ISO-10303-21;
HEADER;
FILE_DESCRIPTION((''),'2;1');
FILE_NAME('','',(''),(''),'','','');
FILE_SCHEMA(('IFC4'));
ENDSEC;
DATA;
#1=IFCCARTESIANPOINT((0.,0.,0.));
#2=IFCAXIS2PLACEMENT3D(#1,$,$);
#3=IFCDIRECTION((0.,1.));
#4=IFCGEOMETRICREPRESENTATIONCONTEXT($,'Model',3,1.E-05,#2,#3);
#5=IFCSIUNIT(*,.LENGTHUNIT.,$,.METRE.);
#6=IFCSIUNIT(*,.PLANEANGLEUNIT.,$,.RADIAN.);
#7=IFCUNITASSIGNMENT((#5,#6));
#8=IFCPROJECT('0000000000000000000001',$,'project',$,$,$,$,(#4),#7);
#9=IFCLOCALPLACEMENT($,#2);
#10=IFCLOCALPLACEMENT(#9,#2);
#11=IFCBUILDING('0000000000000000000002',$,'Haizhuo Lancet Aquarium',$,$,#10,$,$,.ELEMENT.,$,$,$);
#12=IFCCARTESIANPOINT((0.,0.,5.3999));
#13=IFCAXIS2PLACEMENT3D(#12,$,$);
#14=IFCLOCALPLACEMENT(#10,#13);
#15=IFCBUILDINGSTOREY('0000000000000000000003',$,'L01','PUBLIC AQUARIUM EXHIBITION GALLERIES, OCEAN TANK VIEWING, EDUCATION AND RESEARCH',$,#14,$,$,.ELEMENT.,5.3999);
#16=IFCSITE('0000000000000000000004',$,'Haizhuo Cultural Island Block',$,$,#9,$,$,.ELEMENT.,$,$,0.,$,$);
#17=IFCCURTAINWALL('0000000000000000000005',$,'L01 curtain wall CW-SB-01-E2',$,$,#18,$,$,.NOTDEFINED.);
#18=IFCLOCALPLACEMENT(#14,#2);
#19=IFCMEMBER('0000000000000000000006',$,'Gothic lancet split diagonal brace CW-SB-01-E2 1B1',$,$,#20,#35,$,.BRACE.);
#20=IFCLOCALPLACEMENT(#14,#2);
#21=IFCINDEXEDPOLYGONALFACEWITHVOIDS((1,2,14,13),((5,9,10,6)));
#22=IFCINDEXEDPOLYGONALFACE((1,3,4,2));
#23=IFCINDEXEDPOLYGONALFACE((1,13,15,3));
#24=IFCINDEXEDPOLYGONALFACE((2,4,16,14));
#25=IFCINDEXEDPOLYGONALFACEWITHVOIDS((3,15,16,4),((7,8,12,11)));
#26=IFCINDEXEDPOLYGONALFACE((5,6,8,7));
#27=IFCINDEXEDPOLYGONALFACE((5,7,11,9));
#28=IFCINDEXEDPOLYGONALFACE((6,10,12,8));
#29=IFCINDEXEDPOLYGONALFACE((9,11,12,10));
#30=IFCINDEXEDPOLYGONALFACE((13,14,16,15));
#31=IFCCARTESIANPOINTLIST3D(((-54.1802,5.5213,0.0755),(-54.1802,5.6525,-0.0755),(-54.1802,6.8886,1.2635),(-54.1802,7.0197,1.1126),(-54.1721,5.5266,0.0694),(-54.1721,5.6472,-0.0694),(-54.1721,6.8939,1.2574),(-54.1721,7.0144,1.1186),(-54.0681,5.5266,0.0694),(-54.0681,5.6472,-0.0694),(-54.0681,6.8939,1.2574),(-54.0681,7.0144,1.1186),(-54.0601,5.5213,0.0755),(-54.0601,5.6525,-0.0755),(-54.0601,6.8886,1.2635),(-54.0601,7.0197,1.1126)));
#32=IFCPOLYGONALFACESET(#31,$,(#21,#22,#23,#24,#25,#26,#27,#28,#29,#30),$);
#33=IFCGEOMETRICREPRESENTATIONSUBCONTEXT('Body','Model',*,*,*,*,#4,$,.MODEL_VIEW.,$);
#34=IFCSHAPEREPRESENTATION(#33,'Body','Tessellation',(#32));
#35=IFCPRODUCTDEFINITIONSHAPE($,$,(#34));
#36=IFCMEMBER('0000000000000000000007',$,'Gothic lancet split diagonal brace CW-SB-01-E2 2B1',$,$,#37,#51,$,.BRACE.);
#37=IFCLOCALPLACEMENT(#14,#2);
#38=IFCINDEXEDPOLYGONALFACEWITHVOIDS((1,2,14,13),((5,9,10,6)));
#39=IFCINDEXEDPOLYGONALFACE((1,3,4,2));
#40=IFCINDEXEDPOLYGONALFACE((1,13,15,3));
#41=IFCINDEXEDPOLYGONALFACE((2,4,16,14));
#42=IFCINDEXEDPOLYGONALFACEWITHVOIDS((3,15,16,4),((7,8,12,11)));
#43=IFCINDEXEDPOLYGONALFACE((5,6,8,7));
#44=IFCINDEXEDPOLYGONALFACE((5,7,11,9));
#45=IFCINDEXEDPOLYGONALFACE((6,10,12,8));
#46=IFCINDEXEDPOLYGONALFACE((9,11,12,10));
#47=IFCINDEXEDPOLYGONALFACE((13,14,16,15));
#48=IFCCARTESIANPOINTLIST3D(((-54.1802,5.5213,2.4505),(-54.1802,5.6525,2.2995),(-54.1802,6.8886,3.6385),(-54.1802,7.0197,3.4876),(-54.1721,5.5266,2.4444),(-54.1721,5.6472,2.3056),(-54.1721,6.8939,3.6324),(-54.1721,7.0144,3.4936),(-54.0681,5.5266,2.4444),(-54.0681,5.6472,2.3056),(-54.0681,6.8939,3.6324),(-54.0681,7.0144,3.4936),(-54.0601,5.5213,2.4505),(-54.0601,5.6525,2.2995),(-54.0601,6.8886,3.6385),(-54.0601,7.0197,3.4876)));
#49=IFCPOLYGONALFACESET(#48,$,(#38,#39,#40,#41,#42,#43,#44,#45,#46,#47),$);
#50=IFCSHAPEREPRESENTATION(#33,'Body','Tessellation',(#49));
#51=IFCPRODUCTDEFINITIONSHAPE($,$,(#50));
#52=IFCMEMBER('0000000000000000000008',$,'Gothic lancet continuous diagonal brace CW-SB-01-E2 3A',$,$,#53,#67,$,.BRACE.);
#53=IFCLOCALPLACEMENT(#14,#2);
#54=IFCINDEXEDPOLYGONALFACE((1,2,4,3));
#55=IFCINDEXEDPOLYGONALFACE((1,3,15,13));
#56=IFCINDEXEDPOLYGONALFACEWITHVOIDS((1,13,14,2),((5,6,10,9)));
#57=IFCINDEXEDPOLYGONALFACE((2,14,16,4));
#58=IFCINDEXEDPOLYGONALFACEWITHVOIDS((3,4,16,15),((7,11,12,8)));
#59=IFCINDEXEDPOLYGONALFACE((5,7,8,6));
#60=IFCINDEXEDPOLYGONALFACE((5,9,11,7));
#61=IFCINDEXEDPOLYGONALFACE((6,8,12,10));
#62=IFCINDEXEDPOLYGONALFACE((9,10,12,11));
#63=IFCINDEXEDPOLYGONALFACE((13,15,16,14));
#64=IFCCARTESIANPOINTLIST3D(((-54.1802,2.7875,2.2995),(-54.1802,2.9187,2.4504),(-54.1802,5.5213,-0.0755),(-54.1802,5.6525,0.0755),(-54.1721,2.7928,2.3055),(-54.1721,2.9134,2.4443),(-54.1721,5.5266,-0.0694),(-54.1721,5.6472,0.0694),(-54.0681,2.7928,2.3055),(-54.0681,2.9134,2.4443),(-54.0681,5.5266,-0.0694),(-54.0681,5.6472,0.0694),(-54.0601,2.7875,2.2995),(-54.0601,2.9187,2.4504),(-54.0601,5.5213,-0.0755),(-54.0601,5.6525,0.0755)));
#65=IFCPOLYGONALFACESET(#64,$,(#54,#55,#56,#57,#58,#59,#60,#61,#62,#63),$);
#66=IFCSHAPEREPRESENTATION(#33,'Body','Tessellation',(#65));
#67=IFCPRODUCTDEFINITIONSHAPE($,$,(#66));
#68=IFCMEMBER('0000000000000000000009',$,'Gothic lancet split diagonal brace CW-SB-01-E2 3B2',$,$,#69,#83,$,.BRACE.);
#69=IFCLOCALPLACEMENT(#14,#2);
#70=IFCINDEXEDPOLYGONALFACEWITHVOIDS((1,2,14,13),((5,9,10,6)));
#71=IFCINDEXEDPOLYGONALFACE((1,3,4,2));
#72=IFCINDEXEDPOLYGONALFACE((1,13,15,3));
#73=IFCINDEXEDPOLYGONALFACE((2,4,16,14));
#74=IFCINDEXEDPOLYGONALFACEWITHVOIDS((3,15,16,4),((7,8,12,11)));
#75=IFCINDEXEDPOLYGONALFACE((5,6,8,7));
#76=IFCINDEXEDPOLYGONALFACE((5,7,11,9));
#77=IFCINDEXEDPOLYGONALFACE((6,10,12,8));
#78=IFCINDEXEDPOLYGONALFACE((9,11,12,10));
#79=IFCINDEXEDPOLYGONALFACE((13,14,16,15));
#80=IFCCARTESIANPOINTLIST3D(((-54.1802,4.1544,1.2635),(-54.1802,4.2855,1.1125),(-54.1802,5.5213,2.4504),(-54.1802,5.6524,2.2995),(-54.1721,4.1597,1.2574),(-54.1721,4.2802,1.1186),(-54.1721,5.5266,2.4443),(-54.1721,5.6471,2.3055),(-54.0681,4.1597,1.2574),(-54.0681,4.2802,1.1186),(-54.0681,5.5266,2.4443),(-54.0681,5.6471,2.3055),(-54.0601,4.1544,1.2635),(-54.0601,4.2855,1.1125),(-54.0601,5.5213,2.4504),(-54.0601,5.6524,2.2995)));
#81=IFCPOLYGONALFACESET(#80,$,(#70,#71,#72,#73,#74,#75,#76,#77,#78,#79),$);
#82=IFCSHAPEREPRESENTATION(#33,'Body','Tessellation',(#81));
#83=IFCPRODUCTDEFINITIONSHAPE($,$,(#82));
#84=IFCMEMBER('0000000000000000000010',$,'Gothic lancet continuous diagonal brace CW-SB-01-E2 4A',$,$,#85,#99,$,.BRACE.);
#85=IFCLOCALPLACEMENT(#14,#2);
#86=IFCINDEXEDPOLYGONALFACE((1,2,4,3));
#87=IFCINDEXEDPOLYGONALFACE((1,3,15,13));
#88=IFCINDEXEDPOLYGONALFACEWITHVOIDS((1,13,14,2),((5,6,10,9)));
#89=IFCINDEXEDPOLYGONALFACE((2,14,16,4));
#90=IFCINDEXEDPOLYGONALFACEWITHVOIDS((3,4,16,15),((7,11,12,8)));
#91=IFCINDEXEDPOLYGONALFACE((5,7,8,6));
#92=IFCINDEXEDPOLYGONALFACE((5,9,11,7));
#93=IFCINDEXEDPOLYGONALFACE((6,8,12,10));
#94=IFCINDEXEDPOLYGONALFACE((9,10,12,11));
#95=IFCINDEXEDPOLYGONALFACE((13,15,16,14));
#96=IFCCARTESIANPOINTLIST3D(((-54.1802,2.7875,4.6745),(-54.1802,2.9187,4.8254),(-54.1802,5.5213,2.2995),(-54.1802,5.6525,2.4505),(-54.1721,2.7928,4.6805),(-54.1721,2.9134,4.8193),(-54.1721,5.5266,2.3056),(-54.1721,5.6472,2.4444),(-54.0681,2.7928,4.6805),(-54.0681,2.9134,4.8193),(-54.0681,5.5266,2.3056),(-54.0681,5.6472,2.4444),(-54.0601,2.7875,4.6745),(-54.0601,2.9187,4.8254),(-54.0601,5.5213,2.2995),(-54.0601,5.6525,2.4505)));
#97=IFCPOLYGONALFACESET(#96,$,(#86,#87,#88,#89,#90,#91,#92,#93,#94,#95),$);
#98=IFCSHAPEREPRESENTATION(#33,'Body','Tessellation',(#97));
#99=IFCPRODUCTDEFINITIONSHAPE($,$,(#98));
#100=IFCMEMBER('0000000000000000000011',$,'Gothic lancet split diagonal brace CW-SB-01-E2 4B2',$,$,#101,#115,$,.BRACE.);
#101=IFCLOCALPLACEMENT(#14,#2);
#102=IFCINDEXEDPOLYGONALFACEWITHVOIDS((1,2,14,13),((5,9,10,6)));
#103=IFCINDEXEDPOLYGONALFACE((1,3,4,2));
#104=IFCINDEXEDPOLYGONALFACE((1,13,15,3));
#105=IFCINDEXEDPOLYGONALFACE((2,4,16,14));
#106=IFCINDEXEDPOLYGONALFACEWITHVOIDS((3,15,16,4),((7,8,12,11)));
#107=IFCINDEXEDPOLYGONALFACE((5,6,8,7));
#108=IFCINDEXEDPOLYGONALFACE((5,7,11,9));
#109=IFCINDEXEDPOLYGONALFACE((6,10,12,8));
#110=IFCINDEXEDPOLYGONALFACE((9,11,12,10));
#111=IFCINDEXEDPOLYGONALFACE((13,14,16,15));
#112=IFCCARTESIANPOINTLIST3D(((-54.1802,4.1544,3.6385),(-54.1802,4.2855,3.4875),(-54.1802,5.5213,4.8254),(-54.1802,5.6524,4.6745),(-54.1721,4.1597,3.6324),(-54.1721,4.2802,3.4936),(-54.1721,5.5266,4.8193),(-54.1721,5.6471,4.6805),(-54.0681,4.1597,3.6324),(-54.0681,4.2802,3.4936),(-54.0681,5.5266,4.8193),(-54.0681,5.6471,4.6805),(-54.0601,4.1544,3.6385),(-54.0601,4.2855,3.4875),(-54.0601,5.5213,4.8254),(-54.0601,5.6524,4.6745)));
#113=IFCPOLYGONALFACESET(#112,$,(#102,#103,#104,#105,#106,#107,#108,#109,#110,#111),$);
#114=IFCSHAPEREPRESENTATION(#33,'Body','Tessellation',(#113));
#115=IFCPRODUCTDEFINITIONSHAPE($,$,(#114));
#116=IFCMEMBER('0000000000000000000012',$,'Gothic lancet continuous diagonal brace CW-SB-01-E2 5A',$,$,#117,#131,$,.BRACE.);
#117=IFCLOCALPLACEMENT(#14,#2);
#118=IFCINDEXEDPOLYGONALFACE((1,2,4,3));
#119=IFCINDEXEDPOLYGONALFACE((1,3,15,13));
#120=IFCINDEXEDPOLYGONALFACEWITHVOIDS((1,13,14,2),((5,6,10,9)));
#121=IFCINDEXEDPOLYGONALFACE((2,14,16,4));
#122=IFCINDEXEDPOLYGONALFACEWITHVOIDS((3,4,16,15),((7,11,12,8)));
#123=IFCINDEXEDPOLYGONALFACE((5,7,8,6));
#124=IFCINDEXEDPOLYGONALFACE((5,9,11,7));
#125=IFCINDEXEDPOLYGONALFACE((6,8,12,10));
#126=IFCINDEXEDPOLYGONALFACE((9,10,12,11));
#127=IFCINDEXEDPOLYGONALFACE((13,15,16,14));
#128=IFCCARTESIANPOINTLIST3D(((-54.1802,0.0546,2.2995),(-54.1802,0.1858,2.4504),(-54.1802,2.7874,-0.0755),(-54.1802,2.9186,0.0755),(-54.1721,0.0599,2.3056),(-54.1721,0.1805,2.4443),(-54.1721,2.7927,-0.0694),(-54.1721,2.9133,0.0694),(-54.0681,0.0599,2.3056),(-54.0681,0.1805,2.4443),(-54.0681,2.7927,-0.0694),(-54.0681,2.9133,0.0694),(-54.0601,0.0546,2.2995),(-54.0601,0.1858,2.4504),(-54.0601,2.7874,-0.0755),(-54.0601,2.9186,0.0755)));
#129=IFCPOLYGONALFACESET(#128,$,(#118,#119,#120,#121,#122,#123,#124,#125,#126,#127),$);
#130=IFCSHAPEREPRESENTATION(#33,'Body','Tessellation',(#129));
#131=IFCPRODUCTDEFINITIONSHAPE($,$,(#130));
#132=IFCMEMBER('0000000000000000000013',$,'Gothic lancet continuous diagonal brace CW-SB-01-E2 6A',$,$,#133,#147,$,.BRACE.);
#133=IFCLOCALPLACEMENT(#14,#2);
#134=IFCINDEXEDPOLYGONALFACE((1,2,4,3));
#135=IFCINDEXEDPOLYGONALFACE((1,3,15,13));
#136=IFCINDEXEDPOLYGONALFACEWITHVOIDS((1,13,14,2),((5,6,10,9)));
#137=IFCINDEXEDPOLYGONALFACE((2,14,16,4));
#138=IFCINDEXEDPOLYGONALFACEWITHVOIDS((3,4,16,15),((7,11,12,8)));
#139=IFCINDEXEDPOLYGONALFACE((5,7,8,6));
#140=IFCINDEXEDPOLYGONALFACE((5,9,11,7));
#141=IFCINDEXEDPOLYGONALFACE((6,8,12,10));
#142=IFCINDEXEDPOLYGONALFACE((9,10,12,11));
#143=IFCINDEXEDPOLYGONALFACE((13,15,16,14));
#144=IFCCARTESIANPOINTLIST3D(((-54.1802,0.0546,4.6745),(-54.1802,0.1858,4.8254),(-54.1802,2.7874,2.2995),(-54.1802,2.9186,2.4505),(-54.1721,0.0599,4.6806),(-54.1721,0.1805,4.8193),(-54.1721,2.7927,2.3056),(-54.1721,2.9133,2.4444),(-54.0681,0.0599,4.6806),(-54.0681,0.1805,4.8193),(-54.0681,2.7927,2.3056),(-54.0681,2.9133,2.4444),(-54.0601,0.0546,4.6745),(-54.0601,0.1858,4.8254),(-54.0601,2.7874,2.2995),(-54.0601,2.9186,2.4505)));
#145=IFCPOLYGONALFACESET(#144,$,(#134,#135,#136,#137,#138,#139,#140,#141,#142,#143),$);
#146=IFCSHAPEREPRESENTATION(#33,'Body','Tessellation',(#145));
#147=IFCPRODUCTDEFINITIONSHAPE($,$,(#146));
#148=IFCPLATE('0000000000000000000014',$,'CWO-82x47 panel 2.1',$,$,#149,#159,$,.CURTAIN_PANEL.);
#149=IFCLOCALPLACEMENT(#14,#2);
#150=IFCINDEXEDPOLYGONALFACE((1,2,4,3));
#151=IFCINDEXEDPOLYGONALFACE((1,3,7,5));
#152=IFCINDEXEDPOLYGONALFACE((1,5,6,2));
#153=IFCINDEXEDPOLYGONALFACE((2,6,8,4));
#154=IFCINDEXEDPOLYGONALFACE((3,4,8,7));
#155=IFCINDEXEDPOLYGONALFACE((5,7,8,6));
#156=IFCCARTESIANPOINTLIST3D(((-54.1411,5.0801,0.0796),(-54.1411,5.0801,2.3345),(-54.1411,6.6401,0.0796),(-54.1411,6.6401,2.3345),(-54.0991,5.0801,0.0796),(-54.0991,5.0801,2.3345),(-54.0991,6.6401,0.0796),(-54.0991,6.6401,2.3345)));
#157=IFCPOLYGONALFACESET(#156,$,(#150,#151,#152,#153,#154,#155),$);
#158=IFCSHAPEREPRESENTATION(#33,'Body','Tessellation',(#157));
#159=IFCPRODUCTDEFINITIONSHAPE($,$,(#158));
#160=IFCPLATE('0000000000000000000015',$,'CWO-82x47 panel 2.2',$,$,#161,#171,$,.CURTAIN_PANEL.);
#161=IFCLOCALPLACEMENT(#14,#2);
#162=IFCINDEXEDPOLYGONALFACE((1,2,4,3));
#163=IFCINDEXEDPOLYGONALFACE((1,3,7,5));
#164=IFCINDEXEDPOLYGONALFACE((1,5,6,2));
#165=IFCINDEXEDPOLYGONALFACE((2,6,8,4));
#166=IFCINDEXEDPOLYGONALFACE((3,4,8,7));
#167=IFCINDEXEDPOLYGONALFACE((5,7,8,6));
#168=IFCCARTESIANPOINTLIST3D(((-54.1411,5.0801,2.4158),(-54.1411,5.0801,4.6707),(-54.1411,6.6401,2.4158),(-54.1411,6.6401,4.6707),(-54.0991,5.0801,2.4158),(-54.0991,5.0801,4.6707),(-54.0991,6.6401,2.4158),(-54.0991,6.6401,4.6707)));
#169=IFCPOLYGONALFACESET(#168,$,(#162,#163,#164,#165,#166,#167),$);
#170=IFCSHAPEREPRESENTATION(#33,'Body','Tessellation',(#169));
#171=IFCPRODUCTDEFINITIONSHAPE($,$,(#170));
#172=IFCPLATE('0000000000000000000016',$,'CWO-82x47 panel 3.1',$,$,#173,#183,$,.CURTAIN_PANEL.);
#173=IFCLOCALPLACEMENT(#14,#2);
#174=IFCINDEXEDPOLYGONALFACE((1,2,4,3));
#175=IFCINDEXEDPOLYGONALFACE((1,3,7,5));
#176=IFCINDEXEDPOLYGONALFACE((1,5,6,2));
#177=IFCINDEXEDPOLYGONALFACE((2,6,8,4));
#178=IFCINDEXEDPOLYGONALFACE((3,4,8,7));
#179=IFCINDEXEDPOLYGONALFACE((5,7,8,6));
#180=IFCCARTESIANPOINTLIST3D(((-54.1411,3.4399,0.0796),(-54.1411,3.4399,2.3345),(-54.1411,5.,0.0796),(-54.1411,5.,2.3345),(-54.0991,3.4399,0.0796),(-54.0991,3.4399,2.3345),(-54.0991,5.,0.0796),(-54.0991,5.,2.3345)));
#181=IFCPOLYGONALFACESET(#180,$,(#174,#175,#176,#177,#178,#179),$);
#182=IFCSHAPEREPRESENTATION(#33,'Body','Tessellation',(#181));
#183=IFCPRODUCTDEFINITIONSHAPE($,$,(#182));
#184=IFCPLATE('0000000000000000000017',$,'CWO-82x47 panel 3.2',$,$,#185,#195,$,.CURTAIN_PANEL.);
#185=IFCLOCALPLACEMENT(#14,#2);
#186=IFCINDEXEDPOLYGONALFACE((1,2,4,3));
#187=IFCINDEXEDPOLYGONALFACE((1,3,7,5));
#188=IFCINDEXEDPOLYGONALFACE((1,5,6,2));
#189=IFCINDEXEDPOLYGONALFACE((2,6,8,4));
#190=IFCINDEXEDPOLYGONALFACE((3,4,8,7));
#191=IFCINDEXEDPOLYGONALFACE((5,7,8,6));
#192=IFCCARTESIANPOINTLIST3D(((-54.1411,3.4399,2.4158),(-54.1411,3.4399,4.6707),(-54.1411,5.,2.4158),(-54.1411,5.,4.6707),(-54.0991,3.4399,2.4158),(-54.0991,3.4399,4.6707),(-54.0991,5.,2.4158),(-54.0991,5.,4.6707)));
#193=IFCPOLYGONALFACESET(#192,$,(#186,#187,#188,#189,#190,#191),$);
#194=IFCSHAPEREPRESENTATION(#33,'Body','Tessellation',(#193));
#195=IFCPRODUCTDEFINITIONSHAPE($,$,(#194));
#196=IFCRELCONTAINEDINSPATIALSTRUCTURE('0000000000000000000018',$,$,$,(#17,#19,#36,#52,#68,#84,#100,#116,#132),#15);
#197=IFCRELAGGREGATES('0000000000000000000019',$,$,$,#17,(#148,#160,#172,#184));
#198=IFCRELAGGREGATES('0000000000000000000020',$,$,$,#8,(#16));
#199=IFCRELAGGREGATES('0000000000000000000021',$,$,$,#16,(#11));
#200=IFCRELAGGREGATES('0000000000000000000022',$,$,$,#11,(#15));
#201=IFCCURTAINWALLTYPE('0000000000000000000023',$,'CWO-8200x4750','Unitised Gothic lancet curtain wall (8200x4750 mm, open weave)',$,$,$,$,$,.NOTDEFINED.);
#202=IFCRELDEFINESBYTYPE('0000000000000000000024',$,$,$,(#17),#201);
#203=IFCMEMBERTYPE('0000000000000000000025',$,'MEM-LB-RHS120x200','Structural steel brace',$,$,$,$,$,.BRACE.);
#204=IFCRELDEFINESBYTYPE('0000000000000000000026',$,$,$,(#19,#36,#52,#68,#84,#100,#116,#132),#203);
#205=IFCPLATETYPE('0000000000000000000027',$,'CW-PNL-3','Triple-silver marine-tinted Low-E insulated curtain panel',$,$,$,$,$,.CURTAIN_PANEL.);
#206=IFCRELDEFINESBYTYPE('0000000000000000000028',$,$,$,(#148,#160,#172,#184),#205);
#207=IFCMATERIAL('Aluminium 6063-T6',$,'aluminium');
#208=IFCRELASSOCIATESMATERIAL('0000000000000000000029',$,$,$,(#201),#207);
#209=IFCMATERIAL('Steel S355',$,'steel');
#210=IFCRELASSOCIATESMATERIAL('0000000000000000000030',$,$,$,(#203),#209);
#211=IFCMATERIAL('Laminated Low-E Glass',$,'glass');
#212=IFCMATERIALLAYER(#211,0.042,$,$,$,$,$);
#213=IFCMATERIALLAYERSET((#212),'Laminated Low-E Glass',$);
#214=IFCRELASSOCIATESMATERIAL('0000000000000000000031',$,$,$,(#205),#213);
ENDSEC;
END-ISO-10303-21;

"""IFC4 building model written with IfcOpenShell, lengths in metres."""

from ifc_helpers import new_model, si_unit, direction, frame, origin, origin_2d, place, context, subcontext, project, spatial, rectangle, hollow_rectangle, extrude, material, layer, layer_set, material_profile, profile_set, type_object, element, aggregate, save


model = new_model("IFC4")

# Units and contexts
model_context = context("Model", 3, precision=1e-05, world=origin(), true_north=direction((0.0, 1.0)))
body_context = subcontext(model_context, "Body", "Model", "MODEL_VIEW")
ifc_project = project(units=[si_unit("LENGTHUNIT", "METRE"), si_unit("PLANEANGLEUNIT", "RADIAN")], contexts=[model_context])

# Site, building, storey
site_placement = place(None, origin())
site = spatial("IfcSite", under=ifc_project, at=site_placement, Name="Haizhuo Cultural Island Block", CompositionType="ELEMENT", RefElevation=0.0)
building_placement = place(site_placement, origin())
building = spatial("IfcBuilding", under=site, at=building_placement, Name="Haizhuo Lancet Aquarium", CompositionType="ELEMENT")
storey_placement = place(building_placement, frame((0.0, 0.0, 5.3999)))
storey = spatial("IfcBuildingStorey", under=building, at=storey_placement, Name="L01", Description="PUBLIC AQUARIUM EXHIBITION GALLERIES, OCEAN TANK VIEWING, EDUCATION AND RESEARCH", CompositionType="ELEMENT", Elevation=5.3999)

# Curtain wall
ifc_material_1 = material(Name="Aluminium 6063-T6", Category="aluminium")
curtain_wall_type = type_object("IfcCurtainWallType", Name="CWO-8200x4750", Description="Unitised Gothic lancet curtain wall (8200x4750 mm, open weave)", PredefinedType="NOTDEFINED", material=ifc_material_1)
curtain_wall_placement = place(storey_placement, origin())
curtain_wall = element("IfcCurtainWall", 1, at=curtain_wall_placement, inside=storey, type_object=curtain_wall_type, Name="L01 curtain wall CW-SB-01-E2", PredefinedType="NOTDEFINED")

# Members
ifc_material_2 = material(Name="Steel S355", Category="steel")
ifc_material_profile_1 = material_profile(ifc_material_2, hollow_rectangle(XDim=0.1201, YDim=0.2, WallThickness=0.0081, at=origin_2d()), Name="RHS 120x200x8")
ifc_profile_set_1 = profile_set([ifc_material_profile_1], Name="Steel S355")
member_type_1 = type_object("IfcMemberType", Name="MEM-LB-RHS120x200", Description="Structural steel brace", PredefinedType="BRACE", material=ifc_profile_set_1)
for number, where, z_axis, x_axis, name in (
    (2, (-54.1201, 5.5869, 0.0), (0.0, 0.754843, 0.655905), (-1.0, 0.0, 0.0), "Gothic lancet split diagonal brace CW-SB-01-E2 1B1"),
    (3, (-54.1201, 5.5869, 2.375), (0.0, 0.754843, 0.655905), (-1.0, 0.0, 0.0), "Gothic lancet split diagonal brace CW-SB-01-E2 2B1"),
):
    element("IfcMember", number, at=place(storey_placement, frame(where, z_axis=z_axis, x_axis=x_axis)), inside=storey, type_object=member_type_1, Name=name, PredefinedType="BRACE", context=body_context, shape_type="SweptSolid", body=[
        extrude(hollow_rectangle(XDim=0.1201, YDim=0.2, WallThickness=0.0081, at=origin_2d()), origin(), (0.0, 0.0, 1.0), 1.8113),
    ])
member_1_placement = place(storey_placement, frame((-54.1201, 5.5869, 0.0), z_axis=(0.0, -0.754919, 0.655818), x_axis=(1.0, 0.0, 0.0)))
element("IfcMember", 4, at=member_1_placement, inside=storey, type_object=member_type_1, Name="Gothic lancet continuous diagonal brace CW-SB-01-E2 3A", PredefinedType="BRACE", context=body_context, shape_type="SweptSolid", body=[
    extrude(hollow_rectangle(XDim=0.1201, YDim=0.2, WallThickness=0.0081, at=origin_2d()), origin(), (0.0, 0.0, 1.0), 3.6213),
])
member_2_placement = place(storey_placement, frame((-54.1201, 4.22, 1.188), z_axis=(0.0, 0.755052, 0.655664), x_axis=(-1.0, 0.0, 0.0)))
element("IfcMember", 5, at=member_2_placement, inside=storey, type_object=member_type_1, Name="Gothic lancet split diagonal brace CW-SB-01-E2 3B2", PredefinedType="BRACE", context=body_context, shape_type="SweptSolid", body=[
    extrude(hollow_rectangle(XDim=0.1201, YDim=0.2, WallThickness=0.0081, at=origin_2d()), origin(), (0.0, 0.0, 1.0), 1.8103),
])
member_3_placement = place(storey_placement, frame((-54.1201, 5.5869, 2.375), z_axis=(0.0, -0.754919, 0.655818), x_axis=(1.0, 0.0, 0.0)))
element("IfcMember", 6, at=member_3_placement, inside=storey, type_object=member_type_1, Name="Gothic lancet continuous diagonal brace CW-SB-01-E2 4A", PredefinedType="BRACE", context=body_context, shape_type="SweptSolid", body=[
    extrude(hollow_rectangle(XDim=0.1201, YDim=0.2, WallThickness=0.0081, at=origin_2d()), origin(), (0.0, 0.0, 1.0), 3.6213),
])
member_4_placement = place(storey_placement, frame((-54.1201, 4.22, 3.563), z_axis=(0.0, 0.755052, 0.655664), x_axis=(-1.0, 0.0, 0.0)))
element("IfcMember", 7, at=member_4_placement, inside=storey, type_object=member_type_1, Name="Gothic lancet split diagonal brace CW-SB-01-E2 4B2", PredefinedType="BRACE", context=body_context, shape_type="SweptSolid", body=[
    extrude(hollow_rectangle(XDim=0.1201, YDim=0.2, WallThickness=0.0081, at=origin_2d()), origin(), (0.0, 0.0, 1.0), 1.8103),
])
for number, where, z_axis, x_axis, name in (
    (8, (-54.1201, 2.853, 0.0), (0.0, -0.754803, 0.655952), (1.0, 0.0, 0.0), "Gothic lancet continuous diagonal brace CW-SB-01-E2 5A"),
    (9, (-54.1201, 2.853, 2.375), (0.0, -0.754803, 0.655952), (1.0, 0.0, 0.0), "Gothic lancet continuous diagonal brace CW-SB-01-E2 6A"),
):
    element("IfcMember", number, at=place(storey_placement, frame(where, z_axis=z_axis, x_axis=x_axis)), inside=storey, type_object=member_type_1, Name=name, PredefinedType="BRACE", context=body_context, shape_type="SweptSolid", body=[
        extrude(hollow_rectangle(XDim=0.1201, YDim=0.2, WallThickness=0.0081, at=origin_2d()), origin(), (0.0, 0.0, 1.0), 3.6206),
    ])

# Plates
ifc_material_3 = material(Name="Laminated Low-E Glass", Category="glass")
ifc_layer = layer(ifc_material_3, 0.042)
ifc_layer_set = layer_set([ifc_layer], Name="Laminated Low-E Glass")
plate_type = type_object("IfcPlateType", Name="CW-PNL-3", Description="Triple-silver marine-tinted Low-E insulated curtain panel", PredefinedType="CURTAIN_PANEL", material=ifc_layer_set)
plate_1_placement = place(storey_placement, frame((-54.1201, 5.8601, 0.0796), z_axis=(0.0, 0.0, 1.0), x_axis=(0.0, -1.0, 0.0)))
plate_1 = element("IfcPlate", 10, at=plate_1_placement, type_object=plate_type, Name="CWO-82x47 panel 2.1", PredefinedType="CURTAIN_PANEL", context=body_context, shape_type="SweptSolid", body=[
    extrude(rectangle(XDim=1.5601, YDim=0.042, at=origin_2d()), origin(), (0.0, 0.0, 1.0), 2.2549),
])
plate_2_placement = place(storey_placement, frame((-54.1201, 5.8601, 2.4158), z_axis=(0.0, 0.0, 1.0), x_axis=(0.0, -1.0, 0.0)))
plate_2 = element("IfcPlate", 11, at=plate_2_placement, type_object=plate_type, Name="CWO-82x47 panel 2.2", PredefinedType="CURTAIN_PANEL", context=body_context, shape_type="SweptSolid", body=[
    extrude(rectangle(XDim=1.5601, YDim=0.042, at=origin_2d()), origin(), (0.0, 0.0, 1.0), 2.2549),
])
plate_3_placement = place(storey_placement, frame((-54.1201, 4.22, 0.0796), z_axis=(0.0, 0.0, 1.0), x_axis=(0.0, -1.0, 0.0)))
plate_3 = element("IfcPlate", 12, at=plate_3_placement, type_object=plate_type, Name="CWO-82x47 panel 3.1", PredefinedType="CURTAIN_PANEL", context=body_context, shape_type="SweptSolid", body=[
    extrude(rectangle(XDim=1.5601, YDim=0.042, at=origin_2d()), origin(), (0.0, 0.0, 1.0), 2.2549),
])
plate_4_placement = place(storey_placement, frame((-54.1201, 4.22, 2.4158), z_axis=(0.0, 0.0, 1.0), x_axis=(0.0, -1.0, 0.0)))
plate_4 = element("IfcPlate", 13, at=plate_4_placement, type_object=plate_type, Name="CWO-82x47 panel 3.2", PredefinedType="CURTAIN_PANEL", context=body_context, shape_type="SweptSolid", body=[
    extrude(rectangle(XDim=1.5601, YDim=0.042, at=origin_2d()), origin(), (0.0, 0.0, 1.0), 2.2549),
])
aggregate(curtain_wall, [plate_1, plate_2, plate_3, plate_4])

save(model, "model.ifc")
